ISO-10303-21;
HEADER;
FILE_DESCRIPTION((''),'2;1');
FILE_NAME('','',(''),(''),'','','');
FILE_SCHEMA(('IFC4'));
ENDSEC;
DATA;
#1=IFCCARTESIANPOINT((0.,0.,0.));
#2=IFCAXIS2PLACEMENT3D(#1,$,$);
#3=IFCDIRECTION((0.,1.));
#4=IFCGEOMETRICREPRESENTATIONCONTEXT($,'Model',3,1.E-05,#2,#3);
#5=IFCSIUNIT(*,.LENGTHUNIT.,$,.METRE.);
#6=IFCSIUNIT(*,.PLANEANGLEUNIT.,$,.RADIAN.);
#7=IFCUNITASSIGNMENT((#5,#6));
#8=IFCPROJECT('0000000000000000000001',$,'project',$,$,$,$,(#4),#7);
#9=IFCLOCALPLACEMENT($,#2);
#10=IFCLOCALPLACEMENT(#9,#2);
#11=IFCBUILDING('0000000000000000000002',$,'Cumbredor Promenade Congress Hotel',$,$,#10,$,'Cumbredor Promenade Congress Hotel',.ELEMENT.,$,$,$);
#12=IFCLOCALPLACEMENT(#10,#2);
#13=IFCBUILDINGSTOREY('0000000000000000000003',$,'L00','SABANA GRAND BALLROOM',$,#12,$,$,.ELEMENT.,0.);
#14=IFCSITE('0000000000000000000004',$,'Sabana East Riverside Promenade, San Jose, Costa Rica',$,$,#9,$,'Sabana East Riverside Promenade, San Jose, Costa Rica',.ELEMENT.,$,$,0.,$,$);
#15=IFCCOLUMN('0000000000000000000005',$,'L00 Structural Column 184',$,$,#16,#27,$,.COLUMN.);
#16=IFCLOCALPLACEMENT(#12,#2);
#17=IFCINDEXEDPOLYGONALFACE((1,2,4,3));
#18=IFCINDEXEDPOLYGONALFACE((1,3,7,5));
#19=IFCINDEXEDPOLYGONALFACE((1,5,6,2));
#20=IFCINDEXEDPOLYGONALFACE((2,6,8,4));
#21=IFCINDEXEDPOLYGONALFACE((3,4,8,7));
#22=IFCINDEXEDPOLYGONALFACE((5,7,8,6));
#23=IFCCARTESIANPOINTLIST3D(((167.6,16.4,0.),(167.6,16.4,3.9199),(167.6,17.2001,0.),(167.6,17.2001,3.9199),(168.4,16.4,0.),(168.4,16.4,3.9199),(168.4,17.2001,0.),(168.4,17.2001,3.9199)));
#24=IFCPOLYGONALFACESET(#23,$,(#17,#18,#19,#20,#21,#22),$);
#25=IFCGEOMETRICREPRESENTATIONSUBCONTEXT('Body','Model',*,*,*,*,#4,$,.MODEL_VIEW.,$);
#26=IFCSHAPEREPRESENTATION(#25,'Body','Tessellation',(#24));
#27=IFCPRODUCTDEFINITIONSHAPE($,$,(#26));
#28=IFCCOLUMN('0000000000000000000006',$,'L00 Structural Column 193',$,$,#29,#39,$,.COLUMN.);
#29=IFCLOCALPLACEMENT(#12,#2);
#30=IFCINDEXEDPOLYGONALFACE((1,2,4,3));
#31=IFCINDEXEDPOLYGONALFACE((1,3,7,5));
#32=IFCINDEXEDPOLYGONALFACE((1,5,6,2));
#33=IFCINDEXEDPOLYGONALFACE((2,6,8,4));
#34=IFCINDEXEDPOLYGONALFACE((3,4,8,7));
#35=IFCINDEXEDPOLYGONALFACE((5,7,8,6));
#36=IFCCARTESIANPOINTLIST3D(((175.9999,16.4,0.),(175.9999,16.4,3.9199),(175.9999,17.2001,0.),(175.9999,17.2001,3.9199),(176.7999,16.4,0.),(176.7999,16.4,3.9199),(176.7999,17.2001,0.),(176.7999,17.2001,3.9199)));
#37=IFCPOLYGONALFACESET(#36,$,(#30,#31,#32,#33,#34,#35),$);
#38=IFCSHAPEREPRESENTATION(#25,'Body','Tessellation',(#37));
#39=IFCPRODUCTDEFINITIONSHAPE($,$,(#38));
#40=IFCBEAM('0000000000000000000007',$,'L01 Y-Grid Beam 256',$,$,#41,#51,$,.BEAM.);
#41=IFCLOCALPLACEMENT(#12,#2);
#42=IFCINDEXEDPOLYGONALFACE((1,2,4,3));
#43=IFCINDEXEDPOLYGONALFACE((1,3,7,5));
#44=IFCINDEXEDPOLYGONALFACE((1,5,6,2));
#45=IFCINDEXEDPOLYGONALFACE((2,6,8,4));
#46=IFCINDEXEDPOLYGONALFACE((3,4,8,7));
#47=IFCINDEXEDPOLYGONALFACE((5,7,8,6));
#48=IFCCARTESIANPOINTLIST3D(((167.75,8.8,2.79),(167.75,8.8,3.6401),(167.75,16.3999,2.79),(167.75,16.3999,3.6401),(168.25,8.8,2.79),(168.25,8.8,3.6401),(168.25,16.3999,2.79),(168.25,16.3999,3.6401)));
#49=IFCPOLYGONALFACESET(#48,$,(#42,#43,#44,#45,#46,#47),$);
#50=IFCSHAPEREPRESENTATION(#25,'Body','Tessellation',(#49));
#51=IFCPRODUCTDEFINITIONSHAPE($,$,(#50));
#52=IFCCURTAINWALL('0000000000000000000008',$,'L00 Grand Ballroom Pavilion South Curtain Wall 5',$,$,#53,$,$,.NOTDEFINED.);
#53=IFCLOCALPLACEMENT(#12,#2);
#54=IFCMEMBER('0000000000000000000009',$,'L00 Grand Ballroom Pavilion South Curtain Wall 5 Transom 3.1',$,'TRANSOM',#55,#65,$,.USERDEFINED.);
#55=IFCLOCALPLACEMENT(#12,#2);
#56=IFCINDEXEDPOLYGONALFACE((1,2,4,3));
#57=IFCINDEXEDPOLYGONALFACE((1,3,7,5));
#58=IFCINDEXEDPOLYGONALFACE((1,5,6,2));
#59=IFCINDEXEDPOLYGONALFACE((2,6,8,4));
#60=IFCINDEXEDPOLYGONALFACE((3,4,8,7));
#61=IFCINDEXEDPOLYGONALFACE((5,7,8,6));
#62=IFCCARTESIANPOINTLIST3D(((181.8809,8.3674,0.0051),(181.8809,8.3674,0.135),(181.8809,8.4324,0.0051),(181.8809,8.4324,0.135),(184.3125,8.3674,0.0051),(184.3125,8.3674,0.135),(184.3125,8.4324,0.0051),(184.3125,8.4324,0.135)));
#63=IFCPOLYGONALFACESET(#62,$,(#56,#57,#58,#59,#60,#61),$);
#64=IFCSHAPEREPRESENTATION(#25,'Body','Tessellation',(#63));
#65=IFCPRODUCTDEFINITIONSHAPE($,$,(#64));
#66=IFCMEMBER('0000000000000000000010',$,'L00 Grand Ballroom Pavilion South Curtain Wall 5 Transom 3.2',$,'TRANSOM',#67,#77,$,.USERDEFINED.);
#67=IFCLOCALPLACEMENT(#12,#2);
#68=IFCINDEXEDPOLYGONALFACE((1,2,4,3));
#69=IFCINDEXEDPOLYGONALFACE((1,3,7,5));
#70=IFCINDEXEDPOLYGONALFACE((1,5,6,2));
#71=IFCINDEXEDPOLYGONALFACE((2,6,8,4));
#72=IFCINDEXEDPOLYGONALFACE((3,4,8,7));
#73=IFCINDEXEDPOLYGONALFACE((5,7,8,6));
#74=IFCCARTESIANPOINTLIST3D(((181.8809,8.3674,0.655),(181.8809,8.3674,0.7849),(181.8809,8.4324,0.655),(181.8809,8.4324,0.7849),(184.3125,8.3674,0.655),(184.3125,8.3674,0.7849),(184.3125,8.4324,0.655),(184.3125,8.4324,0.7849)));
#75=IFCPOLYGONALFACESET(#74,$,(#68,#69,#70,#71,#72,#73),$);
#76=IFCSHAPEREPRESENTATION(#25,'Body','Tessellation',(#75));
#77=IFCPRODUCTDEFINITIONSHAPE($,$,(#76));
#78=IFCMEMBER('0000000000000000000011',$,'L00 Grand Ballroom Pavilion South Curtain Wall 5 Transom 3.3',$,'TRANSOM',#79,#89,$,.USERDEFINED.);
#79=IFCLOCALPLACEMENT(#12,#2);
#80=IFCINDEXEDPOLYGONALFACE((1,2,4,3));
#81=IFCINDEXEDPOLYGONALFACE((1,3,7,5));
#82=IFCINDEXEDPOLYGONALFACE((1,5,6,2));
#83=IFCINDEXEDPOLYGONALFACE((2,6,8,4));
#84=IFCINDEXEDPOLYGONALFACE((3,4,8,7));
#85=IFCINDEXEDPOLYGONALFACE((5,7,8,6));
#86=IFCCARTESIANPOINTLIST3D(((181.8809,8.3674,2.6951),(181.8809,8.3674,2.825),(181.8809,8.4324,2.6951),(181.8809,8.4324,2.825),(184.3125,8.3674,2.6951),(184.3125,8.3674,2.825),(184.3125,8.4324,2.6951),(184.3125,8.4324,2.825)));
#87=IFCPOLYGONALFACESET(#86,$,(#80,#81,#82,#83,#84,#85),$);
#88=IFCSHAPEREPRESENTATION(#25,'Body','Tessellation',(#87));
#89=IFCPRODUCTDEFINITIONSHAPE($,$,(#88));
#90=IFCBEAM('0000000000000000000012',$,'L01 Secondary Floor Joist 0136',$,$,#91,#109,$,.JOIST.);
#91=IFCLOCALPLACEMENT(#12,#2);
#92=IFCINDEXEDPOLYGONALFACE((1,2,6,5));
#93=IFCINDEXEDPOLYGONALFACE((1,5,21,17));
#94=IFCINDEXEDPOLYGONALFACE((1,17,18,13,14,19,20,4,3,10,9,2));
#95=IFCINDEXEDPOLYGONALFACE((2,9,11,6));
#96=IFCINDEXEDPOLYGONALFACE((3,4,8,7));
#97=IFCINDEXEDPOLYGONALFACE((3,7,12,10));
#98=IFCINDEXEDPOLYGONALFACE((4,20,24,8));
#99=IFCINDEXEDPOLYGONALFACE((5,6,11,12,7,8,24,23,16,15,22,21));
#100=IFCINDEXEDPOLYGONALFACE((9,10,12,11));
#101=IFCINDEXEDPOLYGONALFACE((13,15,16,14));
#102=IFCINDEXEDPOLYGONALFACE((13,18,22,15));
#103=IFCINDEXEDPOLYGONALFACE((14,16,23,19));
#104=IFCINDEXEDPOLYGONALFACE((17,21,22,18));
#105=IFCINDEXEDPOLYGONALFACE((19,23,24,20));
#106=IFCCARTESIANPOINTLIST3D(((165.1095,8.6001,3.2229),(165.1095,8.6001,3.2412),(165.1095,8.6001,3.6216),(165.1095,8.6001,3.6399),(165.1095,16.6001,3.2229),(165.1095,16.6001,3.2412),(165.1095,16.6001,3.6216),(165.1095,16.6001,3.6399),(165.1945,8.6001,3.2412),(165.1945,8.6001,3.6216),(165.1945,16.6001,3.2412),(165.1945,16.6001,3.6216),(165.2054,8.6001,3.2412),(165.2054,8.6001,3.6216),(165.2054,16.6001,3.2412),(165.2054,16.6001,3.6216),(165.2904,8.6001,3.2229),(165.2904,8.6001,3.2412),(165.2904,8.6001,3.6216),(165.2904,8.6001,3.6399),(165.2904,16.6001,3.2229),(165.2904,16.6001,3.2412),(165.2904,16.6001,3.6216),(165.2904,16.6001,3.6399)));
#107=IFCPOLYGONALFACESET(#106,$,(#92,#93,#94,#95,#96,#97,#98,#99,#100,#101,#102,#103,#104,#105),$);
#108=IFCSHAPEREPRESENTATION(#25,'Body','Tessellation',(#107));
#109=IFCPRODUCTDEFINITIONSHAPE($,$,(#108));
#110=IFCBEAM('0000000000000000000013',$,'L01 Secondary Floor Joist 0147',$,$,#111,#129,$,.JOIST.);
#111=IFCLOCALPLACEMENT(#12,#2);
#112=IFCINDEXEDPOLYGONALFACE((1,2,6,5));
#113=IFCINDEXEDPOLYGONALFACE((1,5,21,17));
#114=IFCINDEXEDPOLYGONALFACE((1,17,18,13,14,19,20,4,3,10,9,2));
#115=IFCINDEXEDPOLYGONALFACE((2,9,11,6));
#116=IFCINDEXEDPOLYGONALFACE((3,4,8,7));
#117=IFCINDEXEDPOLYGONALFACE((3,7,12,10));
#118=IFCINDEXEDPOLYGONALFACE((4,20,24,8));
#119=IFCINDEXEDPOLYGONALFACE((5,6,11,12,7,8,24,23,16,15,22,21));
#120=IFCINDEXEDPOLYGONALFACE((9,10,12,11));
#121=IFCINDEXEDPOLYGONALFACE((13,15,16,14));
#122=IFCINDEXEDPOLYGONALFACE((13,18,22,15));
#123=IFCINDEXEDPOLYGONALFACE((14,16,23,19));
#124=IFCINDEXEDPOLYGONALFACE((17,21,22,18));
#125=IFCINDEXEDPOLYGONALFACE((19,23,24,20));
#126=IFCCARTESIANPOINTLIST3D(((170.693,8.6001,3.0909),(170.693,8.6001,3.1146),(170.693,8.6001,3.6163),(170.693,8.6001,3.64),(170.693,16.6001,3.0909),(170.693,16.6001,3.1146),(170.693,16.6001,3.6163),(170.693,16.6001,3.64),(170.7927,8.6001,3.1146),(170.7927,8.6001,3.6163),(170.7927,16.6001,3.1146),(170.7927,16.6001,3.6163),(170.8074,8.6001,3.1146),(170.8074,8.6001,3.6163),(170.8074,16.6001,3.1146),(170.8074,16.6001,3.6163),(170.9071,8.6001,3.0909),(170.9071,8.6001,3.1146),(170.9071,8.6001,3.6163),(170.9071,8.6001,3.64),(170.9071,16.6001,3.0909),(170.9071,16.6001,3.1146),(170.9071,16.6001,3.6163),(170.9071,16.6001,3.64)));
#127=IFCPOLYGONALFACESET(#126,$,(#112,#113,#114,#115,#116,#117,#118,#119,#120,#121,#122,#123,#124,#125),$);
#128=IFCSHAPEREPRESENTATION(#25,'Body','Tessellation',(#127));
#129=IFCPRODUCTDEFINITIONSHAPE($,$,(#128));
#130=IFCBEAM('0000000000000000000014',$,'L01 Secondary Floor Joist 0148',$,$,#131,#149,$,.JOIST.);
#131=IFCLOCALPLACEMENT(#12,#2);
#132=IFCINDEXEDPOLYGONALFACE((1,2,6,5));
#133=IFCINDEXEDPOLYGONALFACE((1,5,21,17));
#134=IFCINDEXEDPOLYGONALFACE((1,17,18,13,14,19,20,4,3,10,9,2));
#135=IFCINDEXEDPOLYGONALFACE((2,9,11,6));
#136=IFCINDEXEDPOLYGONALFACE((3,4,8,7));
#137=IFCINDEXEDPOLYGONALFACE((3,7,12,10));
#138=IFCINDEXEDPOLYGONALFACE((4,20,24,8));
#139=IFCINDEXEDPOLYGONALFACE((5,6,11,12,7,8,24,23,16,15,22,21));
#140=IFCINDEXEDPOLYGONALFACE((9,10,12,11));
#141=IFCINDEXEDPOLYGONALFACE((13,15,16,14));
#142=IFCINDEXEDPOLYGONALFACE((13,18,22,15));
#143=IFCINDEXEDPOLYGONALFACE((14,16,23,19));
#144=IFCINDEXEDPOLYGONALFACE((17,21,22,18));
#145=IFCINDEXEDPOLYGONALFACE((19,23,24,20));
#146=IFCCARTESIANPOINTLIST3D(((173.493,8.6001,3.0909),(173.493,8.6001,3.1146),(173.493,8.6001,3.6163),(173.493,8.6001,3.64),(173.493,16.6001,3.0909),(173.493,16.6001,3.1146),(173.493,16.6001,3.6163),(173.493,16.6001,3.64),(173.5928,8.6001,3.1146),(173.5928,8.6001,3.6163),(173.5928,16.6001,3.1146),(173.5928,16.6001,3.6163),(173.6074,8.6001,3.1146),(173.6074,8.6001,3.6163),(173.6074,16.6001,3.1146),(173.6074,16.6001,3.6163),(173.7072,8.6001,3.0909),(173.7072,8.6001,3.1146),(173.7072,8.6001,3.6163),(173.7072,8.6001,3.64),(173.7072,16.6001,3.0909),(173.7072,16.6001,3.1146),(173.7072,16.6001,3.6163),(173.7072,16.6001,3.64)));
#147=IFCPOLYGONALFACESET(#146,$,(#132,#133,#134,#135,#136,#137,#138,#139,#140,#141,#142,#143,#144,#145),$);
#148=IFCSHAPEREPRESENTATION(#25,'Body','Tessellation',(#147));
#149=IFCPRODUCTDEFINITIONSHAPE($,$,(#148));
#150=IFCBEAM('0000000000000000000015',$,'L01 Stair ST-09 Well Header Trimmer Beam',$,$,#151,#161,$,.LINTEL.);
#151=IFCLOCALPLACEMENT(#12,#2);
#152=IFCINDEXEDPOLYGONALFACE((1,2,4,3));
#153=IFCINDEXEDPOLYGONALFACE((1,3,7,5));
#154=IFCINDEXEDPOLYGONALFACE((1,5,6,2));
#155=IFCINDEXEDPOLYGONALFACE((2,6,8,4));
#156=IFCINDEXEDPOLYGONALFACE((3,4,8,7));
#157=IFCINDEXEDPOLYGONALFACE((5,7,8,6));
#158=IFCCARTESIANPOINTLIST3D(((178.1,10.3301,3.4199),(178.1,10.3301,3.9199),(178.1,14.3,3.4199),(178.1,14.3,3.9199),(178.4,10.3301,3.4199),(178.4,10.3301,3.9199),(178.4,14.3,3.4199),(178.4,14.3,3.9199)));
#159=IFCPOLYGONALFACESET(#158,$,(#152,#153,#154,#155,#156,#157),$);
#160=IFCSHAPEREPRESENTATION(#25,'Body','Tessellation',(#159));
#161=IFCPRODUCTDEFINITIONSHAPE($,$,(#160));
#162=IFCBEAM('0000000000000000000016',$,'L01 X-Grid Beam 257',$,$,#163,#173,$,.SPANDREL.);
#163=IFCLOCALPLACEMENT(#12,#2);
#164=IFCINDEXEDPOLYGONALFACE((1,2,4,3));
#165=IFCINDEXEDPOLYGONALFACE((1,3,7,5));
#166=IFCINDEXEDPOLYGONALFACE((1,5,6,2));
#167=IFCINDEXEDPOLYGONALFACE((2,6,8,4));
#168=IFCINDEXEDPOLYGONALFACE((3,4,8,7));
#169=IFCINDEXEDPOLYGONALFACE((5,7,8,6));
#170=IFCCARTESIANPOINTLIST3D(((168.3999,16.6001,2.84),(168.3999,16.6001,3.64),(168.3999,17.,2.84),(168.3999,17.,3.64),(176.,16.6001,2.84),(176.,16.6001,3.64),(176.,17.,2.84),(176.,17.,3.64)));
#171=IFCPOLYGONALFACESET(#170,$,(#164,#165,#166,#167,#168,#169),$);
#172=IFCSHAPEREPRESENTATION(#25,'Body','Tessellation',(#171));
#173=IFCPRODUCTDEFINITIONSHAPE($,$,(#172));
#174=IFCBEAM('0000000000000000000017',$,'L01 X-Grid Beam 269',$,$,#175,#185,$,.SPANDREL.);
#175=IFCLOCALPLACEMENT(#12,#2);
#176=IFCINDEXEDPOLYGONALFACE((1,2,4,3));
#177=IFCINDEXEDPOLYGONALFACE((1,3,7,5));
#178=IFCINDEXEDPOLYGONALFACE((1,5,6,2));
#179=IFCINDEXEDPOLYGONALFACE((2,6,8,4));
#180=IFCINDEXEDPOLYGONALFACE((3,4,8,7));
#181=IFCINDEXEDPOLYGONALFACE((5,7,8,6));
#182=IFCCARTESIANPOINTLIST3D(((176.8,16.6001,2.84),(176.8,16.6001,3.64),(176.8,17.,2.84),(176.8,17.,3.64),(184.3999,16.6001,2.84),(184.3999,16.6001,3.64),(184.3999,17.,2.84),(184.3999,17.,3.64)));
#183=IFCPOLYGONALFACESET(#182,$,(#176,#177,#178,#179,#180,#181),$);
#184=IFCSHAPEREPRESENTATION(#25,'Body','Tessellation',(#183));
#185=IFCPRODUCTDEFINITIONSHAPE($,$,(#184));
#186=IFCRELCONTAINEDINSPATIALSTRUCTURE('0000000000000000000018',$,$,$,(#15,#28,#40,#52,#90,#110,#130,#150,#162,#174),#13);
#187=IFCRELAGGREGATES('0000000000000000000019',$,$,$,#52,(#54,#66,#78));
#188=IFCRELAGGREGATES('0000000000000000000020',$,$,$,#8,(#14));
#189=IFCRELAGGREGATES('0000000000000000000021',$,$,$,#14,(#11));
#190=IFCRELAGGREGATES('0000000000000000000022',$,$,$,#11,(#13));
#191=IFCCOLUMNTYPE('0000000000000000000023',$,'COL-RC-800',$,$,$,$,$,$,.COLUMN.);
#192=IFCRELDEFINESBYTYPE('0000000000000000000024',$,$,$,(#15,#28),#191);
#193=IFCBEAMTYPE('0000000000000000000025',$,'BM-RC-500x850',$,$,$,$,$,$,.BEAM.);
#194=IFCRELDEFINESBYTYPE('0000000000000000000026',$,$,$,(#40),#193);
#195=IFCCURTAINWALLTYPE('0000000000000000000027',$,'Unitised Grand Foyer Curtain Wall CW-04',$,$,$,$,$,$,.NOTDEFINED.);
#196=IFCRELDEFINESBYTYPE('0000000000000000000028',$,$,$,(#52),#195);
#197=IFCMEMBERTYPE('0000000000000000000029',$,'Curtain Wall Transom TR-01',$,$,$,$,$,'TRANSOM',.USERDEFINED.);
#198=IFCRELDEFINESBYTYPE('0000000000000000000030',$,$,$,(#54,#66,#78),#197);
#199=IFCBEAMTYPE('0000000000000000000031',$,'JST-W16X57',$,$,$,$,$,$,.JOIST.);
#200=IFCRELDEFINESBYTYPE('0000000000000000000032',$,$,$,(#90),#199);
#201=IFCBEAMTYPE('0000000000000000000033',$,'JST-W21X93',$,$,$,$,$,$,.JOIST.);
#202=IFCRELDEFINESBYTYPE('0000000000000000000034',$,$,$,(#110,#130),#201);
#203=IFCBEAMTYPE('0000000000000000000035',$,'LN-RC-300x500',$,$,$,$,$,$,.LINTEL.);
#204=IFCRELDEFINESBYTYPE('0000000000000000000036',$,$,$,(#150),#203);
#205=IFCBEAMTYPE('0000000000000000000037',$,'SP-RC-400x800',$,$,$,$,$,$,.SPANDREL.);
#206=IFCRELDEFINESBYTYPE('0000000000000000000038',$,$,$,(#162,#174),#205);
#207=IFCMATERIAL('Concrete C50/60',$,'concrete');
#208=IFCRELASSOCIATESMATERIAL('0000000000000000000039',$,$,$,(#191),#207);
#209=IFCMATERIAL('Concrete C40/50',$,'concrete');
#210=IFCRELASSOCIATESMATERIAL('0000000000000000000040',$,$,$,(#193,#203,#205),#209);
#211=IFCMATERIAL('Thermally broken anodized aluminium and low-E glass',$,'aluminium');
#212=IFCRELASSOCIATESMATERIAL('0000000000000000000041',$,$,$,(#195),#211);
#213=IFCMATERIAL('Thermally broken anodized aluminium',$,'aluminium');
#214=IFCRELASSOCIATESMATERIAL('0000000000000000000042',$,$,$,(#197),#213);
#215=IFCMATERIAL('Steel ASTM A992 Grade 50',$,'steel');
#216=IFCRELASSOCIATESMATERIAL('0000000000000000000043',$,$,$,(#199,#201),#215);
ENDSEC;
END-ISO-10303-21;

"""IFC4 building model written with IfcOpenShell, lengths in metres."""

from ifc_helpers import new_model, si_unit, direction, frame, origin, origin_2d, place, context, subcontext, project, spatial, rectangle, i_section, extrude, material, material_profile, profile_set, type_object, element, aggregate, save


model = new_model("IFC4")

# Units and contexts
model_context = context("Model", 3, precision=1e-05, world=origin(), true_north=direction((0.0, 1.0)))
body_context = subcontext(model_context, "Body", "Model", "MODEL_VIEW")
ifc_project = project(units=[si_unit("LENGTHUNIT", "METRE"), si_unit("PLANEANGLEUNIT", "RADIAN")], contexts=[model_context])

# Site, building, storey
site_placement = place(None, origin())
site = spatial("IfcSite", under=ifc_project, at=site_placement, Name="Sabana East Riverside Promenade, San Jose, Costa Rica", LongName="Sabana East Riverside Promenade, San Jose, Costa Rica", CompositionType="ELEMENT", RefElevation=0.0)
building_placement = place(site_placement, origin())
building = spatial("IfcBuilding", under=site, at=building_placement, Name="Cumbredor Promenade Congress Hotel", LongName="Cumbredor Promenade Congress Hotel", CompositionType="ELEMENT")
storey_placement = place(building_placement, origin())
storey = spatial("IfcBuildingStorey", under=building, at=storey_placement, Name="L00", Description="SABANA GRAND BALLROOM", CompositionType="ELEMENT", Elevation=0.0)

# Columns
ifc_material_1 = material(Name="Concrete C50/60", Category="concrete")
ifc_material_profile_1 = material_profile(ifc_material_1, rectangle(XDim=0.8, YDim=0.8, at=origin_2d()), Name="RC 800x800")
ifc_profile_set_1 = profile_set([ifc_material_profile_1], Name="Concrete C50/60")
column_type = type_object("IfcColumnType", Name="COL-RC-800", PredefinedType="COLUMN", material=ifc_profile_set_1)
for number, where, z_axis, x_axis, name in (
    (1, (168.0, 16.8, 0.0), (0.0, 0.0, 1.0), (1.0, 0.0, 0.0), "L00 Structural Column 184"),
    (2, (176.3999, 16.8, 0.0), (0.0, 0.0, 1.0), (1.0, 0.0, 0.0), "L00 Structural Column 193"),
):
    element("IfcColumn", number, at=place(storey_placement, frame(where, z_axis=z_axis, x_axis=x_axis)), inside=storey, type_object=column_type, Name=name, PredefinedType="COLUMN", context=body_context, shape_type="SweptSolid", body=[
        extrude(rectangle(XDim=0.8, YDim=0.8, at=origin_2d()), origin(), (0.0, 0.0, 1.0), 3.9199),
    ])

# Beam
ifc_material_2 = material(Name="Concrete C40/50", Category="concrete")
ifc_material_profile_2 = material_profile(ifc_material_2, rectangle(XDim=0.5, YDim=0.8501, at=origin_2d()), Name="RC BEAM 500x850")
ifc_profile_set_2 = profile_set([ifc_material_profile_2], Name="Concrete C40/50")
beam_type_1 = type_object("IfcBeamType", Name="BM-RC-500x850", PredefinedType="BEAM", material=ifc_profile_set_2)
beam_1_placement = place(storey_placement, frame((168.0, 8.8, 3.2151), z_axis=(0.0, 1.0, 0.0), x_axis=(-1.0, 0.0, 0.0)))
element("IfcBeam", 3, at=beam_1_placement, inside=storey, type_object=beam_type_1, Name="L01 Y-Grid Beam 256", PredefinedType="BEAM", context=body_context, shape_type="SweptSolid", body=[
    extrude(rectangle(XDim=0.5, YDim=0.8501, at=origin_2d()), origin(), (0.0, 0.0, 1.0), 7.5999),
])

# Curtain wall, members
ifc_material_3 = material(Name="Thermally broken anodized aluminium and low-E glass", Category="aluminium")
curtain_wall_type = type_object("IfcCurtainWallType", Name="Unitised Grand Foyer Curtain Wall CW-04", PredefinedType="NOTDEFINED", material=ifc_material_3)
curtain_wall_placement = place(storey_placement, origin())
curtain_wall = element("IfcCurtainWall", 4, at=curtain_wall_placement, inside=storey, type_object=curtain_wall_type, Name="L00 Grand Ballroom Pavilion South Curtain Wall 5", PredefinedType="NOTDEFINED")
ifc_material_4 = material(Name="Thermally broken anodized aluminium", Category="aluminium")
ifc_material_profile_3 = material_profile(ifc_material_4, rectangle(XDim=0.0649, YDim=0.1299, at=origin_2d()), Name="ALU TRANSOM 65x130")
ifc_profile_set_3 = profile_set([ifc_material_profile_3], Name="Thermally broken anodized aluminium")
member_type = type_object("IfcMemberType", Name="Curtain Wall Transom TR-01", ElementType="TRANSOM", PredefinedType="USERDEFINED", material=ifc_profile_set_3)
member_1_placement = place(storey_placement, frame((181.8809, 8.3999, 0.0701), z_axis=(1.0, 0.0, 0.0), x_axis=(0.0, 1.0, 0.0)))
member_1 = element("IfcMember", 5, at=member_1_placement, type_object=member_type, Name="L00 Grand Ballroom Pavilion South Curtain Wall 5 Transom 3.1", ObjectType="TRANSOM", PredefinedType="USERDEFINED", context=body_context, shape_type="SweptSolid", body=[
    extrude(rectangle(XDim=0.0649, YDim=0.1299, at=origin_2d()), origin(), (0.0, 0.0, 1.0), 2.4316),
])
member_2_placement = place(storey_placement, frame((181.8809, 8.3999, 0.72), z_axis=(1.0, 0.0, 0.0), x_axis=(0.0, 1.0, 0.0)))
member_2 = element("IfcMember", 6, at=member_2_placement, type_object=member_type, Name="L00 Grand Ballroom Pavilion South Curtain Wall 5 Transom 3.2", ObjectType="TRANSOM", PredefinedType="USERDEFINED", context=body_context, shape_type="SweptSolid", body=[
    extrude(rectangle(XDim=0.0649, YDim=0.1299, at=origin_2d()), origin(), (0.0, 0.0, 1.0), 2.4316),
])
member_3_placement = place(storey_placement, frame((181.8809, 8.3999, 2.76), z_axis=(1.0, 0.0, 0.0), x_axis=(0.0, 1.0, 0.0)))
member_3 = element("IfcMember", 7, at=member_3_placement, type_object=member_type, Name="L00 Grand Ballroom Pavilion South Curtain Wall 5 Transom 3.3", ObjectType="TRANSOM", PredefinedType="USERDEFINED", context=body_context, shape_type="SweptSolid", body=[
    extrude(rectangle(XDim=0.0649, YDim=0.1299, at=origin_2d()), origin(), (0.0, 0.0, 1.0), 2.4316),
])
aggregate(curtain_wall, [member_1, member_2, member_3])

# Beams
ifc_material_5 = material(Name="Steel ASTM A992 Grade 50", Category="steel")
ifc_material_profile_4 = material_profile(ifc_material_5, i_section(OverallWidth=0.1809, OverallDepth=0.417, WebThickness=0.011, FlangeThickness=0.0183, at=origin_2d()), Name="W16X57")
ifc_profile_set_4 = profile_set([ifc_material_profile_4], Name="Steel ASTM A992 Grade 50")
beam_type_2 = type_object("IfcBeamType", Name="JST-W16X57", PredefinedType="JOIST", material=ifc_profile_set_4)
beam_2_placement = place(storey_placement, frame((165.2, 8.6001, 3.4314), z_axis=(0.0, 1.0, 0.0), x_axis=(-1.0, 0.0, 0.0)))
element("IfcBeam", 8, at=beam_2_placement, inside=storey, type_object=beam_type_2, Name="L01 Secondary Floor Joist 0136", PredefinedType="JOIST", context=body_context, shape_type="SweptSolid", body=[
    extrude(i_section(OverallWidth=0.1809, OverallDepth=0.417, WebThickness=0.011, FlangeThickness=0.0183, at=origin_2d()), origin(), (0.0, 0.0, 1.0), 8.0),
])
ifc_material_profile_5 = material_profile(ifc_material_5, i_section(OverallWidth=0.2141, OverallDepth=0.5491, WebThickness=0.0146, FlangeThickness=0.0237, at=origin_2d()), Name="W21X93")
ifc_profile_set_5 = profile_set([ifc_material_profile_5], Name="Steel ASTM A992 Grade 50")
beam_type_3 = type_object("IfcBeamType", Name="JST-W21X93", PredefinedType="JOIST", material=ifc_profile_set_5)
for number, where, z_axis, x_axis, name in (
    (9, (170.8, 8.6001, 3.3655), (0.0, 1.0, 0.0), (-1.0, 0.0, 0.0), "L01 Secondary Floor Joist 0147"),
    (10, (173.6001, 8.6001, 3.3655), (0.0, 1.0, 0.0), (-1.0, 0.0, 0.0), "L01 Secondary Floor Joist 0148"),
):
    element("IfcBeam", number, at=place(storey_placement, frame(where, z_axis=z_axis, x_axis=x_axis)), inside=storey, type_object=beam_type_3, Name=name, PredefinedType="JOIST", context=body_context, shape_type="SweptSolid", body=[
        extrude(i_section(OverallWidth=0.2141, OverallDepth=0.5491, WebThickness=0.0146, FlangeThickness=0.0237, at=origin_2d()), origin(), (0.0, 0.0, 1.0), 8.0),
    ])
ifc_material_profile_6 = material_profile(ifc_material_2, rectangle(XDim=0.3, YDim=0.5, at=origin_2d()), Name="RC LINTEL 300x500")
ifc_profile_set_6 = profile_set([ifc_material_profile_6], Name="Concrete C40/50")
beam_type_4 = type_object("IfcBeamType", Name="LN-RC-300x500", PredefinedType="LINTEL", material=ifc_profile_set_6)
beam_3_placement = place(storey_placement, frame((178.25, 10.3301, 3.6699), z_axis=(0.0, 1.0, 0.0), x_axis=(-1.0, 0.0, 0.0)))
element("IfcBeam", 11, at=beam_3_placement, inside=storey, type_object=beam_type_4, Name="L01 Stair ST-09 Well Header Trimmer Beam", PredefinedType="LINTEL", context=body_context, shape_type="SweptSolid", body=[
    extrude(rectangle(XDim=0.3, YDim=0.5, at=origin_2d()), origin(), (0.0, 0.0, 1.0), 3.97),
])
ifc_material_profile_7 = material_profile(ifc_material_2, rectangle(XDim=0.3999, YDim=0.8, at=origin_2d()), Name="RC SPANDREL 400x800")
ifc_profile_set_7 = profile_set([ifc_material_profile_7], Name="Concrete C40/50")
beam_type_5 = type_object("IfcBeamType", Name="SP-RC-400x800", PredefinedType="SPANDREL", material=ifc_profile_set_7)
beam_4_placement = place(storey_placement, frame((168.3999, 16.8, 3.24), z_axis=(1.0, 0.0, 0.0), x_axis=(0.0, 1.0, 0.0)))
element("IfcBeam", 12, at=beam_4_placement, inside=storey, type_object=beam_type_5, Name="L01 X-Grid Beam 257", PredefinedType="SPANDREL", context=body_context, shape_type="SweptSolid", body=[
    extrude(rectangle(XDim=0.3999, YDim=0.8, at=origin_2d()), origin(), (0.0, 0.0, 1.0), 7.6001),
])
beam_5_placement = place(storey_placement, frame((176.8, 16.8, 3.24), z_axis=(1.0, 0.0, 0.0), x_axis=(0.0, 1.0, 0.0)))
element("IfcBeam", 13, at=beam_5_placement, inside=storey, type_object=beam_type_5, Name="L01 X-Grid Beam 269", PredefinedType="SPANDREL", context=body_context, shape_type="SweptSolid", body=[
    extrude(rectangle(XDim=0.3999, YDim=0.8, at=origin_2d()), origin(), (0.0, 0.0, 1.0), 7.5999),
])

save(model, "model.ifc")
